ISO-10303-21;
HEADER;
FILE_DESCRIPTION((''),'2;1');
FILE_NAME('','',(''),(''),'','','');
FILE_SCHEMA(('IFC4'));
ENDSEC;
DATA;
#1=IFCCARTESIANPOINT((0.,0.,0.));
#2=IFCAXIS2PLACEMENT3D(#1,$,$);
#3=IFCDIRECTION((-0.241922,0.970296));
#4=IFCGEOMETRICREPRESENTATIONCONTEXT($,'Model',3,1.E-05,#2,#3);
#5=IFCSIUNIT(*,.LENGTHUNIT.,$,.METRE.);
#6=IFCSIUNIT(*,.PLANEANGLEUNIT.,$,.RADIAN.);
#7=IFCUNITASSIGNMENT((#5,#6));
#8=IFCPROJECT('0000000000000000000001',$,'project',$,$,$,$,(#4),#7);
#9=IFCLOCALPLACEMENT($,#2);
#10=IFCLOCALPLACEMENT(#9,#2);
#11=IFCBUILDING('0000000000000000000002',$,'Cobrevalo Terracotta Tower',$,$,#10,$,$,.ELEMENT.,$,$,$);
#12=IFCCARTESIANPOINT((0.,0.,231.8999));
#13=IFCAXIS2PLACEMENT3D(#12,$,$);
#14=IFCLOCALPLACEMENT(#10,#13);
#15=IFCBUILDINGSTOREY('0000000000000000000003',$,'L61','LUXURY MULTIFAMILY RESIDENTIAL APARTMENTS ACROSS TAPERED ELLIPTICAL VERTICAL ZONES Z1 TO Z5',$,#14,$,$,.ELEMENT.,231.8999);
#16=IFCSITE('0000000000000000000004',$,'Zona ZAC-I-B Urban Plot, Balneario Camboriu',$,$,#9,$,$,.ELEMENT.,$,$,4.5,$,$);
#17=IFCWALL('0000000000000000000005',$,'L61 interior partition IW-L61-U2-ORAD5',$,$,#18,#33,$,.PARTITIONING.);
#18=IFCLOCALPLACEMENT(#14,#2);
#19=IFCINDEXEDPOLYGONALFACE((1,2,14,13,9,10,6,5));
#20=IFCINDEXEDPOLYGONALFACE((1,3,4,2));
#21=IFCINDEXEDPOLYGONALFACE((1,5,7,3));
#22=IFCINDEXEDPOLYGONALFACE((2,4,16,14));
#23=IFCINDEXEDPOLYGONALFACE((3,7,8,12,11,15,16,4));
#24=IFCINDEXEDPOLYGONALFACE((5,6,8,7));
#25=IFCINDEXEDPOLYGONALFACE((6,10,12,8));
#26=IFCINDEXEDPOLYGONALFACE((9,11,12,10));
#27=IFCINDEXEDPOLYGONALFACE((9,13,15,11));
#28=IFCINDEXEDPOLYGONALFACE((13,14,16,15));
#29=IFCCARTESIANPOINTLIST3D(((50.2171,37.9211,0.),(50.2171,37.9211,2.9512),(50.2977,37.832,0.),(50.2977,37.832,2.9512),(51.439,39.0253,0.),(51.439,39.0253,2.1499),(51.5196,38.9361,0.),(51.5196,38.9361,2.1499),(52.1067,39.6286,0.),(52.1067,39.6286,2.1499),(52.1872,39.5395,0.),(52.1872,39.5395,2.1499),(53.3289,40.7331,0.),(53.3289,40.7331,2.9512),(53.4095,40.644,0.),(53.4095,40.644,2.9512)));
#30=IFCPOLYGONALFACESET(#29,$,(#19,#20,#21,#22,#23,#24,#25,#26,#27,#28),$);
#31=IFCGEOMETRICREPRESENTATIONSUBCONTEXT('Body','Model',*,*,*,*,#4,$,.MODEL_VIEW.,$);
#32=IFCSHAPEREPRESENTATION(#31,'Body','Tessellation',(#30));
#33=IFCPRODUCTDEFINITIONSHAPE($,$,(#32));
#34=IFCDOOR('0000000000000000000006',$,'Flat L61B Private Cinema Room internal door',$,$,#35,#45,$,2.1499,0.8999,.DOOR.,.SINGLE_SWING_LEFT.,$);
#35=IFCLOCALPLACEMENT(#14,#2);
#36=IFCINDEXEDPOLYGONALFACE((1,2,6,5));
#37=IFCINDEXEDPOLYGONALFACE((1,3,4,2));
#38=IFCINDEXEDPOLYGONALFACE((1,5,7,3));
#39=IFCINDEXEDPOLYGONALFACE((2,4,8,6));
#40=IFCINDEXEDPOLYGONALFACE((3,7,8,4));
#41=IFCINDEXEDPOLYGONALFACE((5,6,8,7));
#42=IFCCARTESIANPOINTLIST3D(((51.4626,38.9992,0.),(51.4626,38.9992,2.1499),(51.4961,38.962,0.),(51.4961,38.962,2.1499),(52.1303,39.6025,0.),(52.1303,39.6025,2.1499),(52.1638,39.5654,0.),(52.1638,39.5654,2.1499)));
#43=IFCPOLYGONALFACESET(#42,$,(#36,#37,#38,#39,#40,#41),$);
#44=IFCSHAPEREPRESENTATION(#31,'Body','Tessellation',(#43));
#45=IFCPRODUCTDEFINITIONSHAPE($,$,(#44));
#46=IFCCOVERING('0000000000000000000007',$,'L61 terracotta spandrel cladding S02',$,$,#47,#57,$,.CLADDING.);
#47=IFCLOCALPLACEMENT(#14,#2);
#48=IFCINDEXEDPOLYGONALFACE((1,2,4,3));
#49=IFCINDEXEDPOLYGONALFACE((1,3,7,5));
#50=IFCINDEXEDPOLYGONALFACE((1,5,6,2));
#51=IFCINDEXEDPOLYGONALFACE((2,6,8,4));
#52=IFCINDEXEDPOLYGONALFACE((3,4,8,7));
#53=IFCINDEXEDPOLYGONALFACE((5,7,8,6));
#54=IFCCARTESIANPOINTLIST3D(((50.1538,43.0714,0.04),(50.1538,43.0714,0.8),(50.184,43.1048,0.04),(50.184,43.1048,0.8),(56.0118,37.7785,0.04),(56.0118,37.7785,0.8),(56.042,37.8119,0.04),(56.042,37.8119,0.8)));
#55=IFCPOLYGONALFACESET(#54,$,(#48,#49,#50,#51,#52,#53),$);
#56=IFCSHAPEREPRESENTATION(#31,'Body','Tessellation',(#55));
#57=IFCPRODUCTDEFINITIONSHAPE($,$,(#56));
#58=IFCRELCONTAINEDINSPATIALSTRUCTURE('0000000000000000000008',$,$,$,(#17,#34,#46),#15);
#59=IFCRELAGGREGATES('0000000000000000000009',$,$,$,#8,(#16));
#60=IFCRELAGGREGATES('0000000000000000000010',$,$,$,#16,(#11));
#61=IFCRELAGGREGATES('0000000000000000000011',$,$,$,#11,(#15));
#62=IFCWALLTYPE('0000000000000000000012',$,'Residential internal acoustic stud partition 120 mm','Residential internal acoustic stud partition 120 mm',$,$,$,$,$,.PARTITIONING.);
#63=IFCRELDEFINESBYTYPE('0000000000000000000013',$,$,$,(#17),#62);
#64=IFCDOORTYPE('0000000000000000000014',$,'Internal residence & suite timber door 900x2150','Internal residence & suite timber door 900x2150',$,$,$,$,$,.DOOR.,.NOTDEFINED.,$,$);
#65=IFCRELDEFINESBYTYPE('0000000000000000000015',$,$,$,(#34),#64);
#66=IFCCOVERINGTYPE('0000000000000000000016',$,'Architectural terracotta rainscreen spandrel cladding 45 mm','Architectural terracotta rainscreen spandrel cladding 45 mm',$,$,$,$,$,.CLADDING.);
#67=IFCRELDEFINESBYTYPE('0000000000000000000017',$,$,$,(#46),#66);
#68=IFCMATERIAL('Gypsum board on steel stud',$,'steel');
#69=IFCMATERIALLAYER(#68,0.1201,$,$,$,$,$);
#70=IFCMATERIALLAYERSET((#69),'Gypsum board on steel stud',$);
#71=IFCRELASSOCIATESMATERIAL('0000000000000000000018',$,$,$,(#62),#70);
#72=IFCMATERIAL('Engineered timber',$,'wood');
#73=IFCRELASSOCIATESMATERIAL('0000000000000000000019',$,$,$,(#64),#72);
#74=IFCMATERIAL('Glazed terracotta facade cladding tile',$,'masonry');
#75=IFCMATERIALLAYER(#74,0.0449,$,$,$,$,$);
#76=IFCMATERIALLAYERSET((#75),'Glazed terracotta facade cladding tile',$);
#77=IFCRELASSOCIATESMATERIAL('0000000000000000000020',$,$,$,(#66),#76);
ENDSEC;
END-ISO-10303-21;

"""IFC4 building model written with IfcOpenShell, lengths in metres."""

from ifc_helpers import new_model, si_unit, direction, frame, frame_2d, origin, origin_2d, place, context, subcontext, project, spatial, rectangle, extrude, source, transform, mapped, material, layer, layer_set, type_object, element, fill, save


model = new_model("IFC4")

# Units and contexts
model_context = context("Model", 3, precision=1e-05, world=origin(), true_north=direction((-0.241922, 0.970296)))
body_context = subcontext(model_context, "Body", "Model", "MODEL_VIEW")
ifc_project = project(units=[si_unit("LENGTHUNIT", "METRE"), si_unit("PLANEANGLEUNIT", "RADIAN")], contexts=[model_context])

# Site, building, storey
site_placement = place(None, origin())
site = spatial("IfcSite", under=ifc_project, at=site_placement, Name="Zona ZAC-I-B Urban Plot, Balneario Camboriu", CompositionType="ELEMENT", RefElevation=4.5)
building_placement = place(site_placement, origin())
building = spatial("IfcBuilding", under=site, at=building_placement, Name="Cobrevalo Terracotta Tower", CompositionType="ELEMENT")
storey_placement = place(building_placement, frame((0.0, 0.0, 231.8999)))
storey = spatial("IfcBuildingStorey", under=building, at=storey_placement, Name="L61", Description="LUXURY MULTIFAMILY RESIDENTIAL APARTMENTS ACROSS TAPERED ELLIPTICAL VERTICAL ZONES Z1 TO Z5", CompositionType="ELEMENT", Elevation=231.8999)

# Wall, opening, door
ifc_material_1 = material(Name="Gypsum board on steel stud", Category="steel")
ifc_layer_1 = layer(ifc_material_1, 0.1201)
ifc_layer_set_1 = layer_set([ifc_layer_1], Name="Gypsum board on steel stud")
wall_type_1 = type_object("IfcWallType", Name="Residential internal acoustic stud partition 120 mm", Description="Residential internal acoustic stud partition 120 mm", PredefinedType="PARTITIONING", material=ifc_layer_set_1)
ifc_material_2 = material(Name="Engineered timber", Category="wood")
door_type = type_object("IfcDoorType", Name="Internal residence & suite timber door 900x2150", Description="Internal residence & suite timber door 900x2150", OperationType="NOTDEFINED", PredefinedType="DOOR", material=ifc_material_2)
shared_shape_1 = source(origin(), body_context, "Body", "SweptSolid", [
    extrude(rectangle(XDim=0.8999, YDim=2.1499, at=frame_2d((0.45, 1.075))), frame((0.0, 0.0249, 0.0), z_axis=(0.0, -1.0, 0.0), x_axis=(1.0, 0.0, 0.0)), (0.0, 0.0, 1.0), 0.05),
])
wall_1_placement = place(storey_placement, frame((50.2573, 37.8765, 0.0), z_axis=(0.0, 0.0, 1.0), x_axis=(0.741944, 0.670462, 0.0)))
wall_1 = element("IfcWall", 1, at=wall_1_placement, inside=storey, type_object=wall_type_1, Name="L61 interior partition IW-L61-U2-ORAD5", PredefinedType="PARTITIONING", context=body_context, shape_type="SweptSolid", body=[
    extrude(rectangle(XDim=4.1941, YDim=0.1201, at=frame_2d((2.0972, 0.0))), origin(), (0.0, 0.0, 1.0), 2.9512),
])
opening_1_placement = place(wall_1_placement, frame((1.647, 0.0, 0.0)))
opening_1 = element("IfcOpeningElement", 2, at=opening_1_placement, cuts=wall_1, PredefinedType="OPENING", context=body_context, shape_type="SweptSolid", body=[
    extrude(rectangle(XDim=0.8999, YDim=2.1499, at=frame_2d((0.45, 1.075))), frame((0.0, 0.0701, 0.0), z_axis=(0.0, -1.0, 0.0), x_axis=(1.0, 0.0, 0.0)), (0.0, 0.0, 1.0), 0.1401),
])
door_1_placement = place(opening_1_placement, origin())
door_1 = element("IfcDoor", 3, at=door_1_placement, inside=storey, type_object=door_type, Name="Flat L61B Private Cinema Room internal door", OperationType="SINGLE_SWING_LEFT", OverallHeight=2.1499, OverallWidth=0.8999, PredefinedType="DOOR", context=body_context, shape_type="MappedRepresentation", body=[
    mapped(shared_shape_1, transform((0.0, 0.0, 0.0), scale=1.0)),
])
fill(opening_1, door_1)

# Covering
ifc_material_3 = material(Name="Glazed terracotta facade cladding tile", Category="masonry")
ifc_layer_2 = layer(ifc_material_3, 0.0449)
ifc_layer_set_2 = layer_set([ifc_layer_2], Name="Glazed terracotta facade cladding tile")
covering_type = type_object("IfcCoveringType", Name="Architectural terracotta rainscreen spandrel cladding 45 mm", Description="Architectural terracotta rainscreen spandrel cladding 45 mm", PredefinedType="CLADDING", material=ifc_layer_set_2)
shared_shape_2 = source(origin(), body_context, "Body", "SweptSolid", [
    extrude(rectangle(XDim=7.895, YDim=0.0449, at=origin_2d()), origin(), (0.0, 0.0, 1.0), 0.76),
])
covering_placement = place(storey_placement, frame((53.0979, 40.4417, 0.04), z_axis=(0.0, 0.0, 1.0), x_axis=(-0.741988, 0.670414, 0.0)))
element("IfcCovering", 4, at=covering_placement, inside=storey, type_object=covering_type, Name="L61 terracotta spandrel cladding S02", PredefinedType="CLADDING", context=body_context, shape_type="MappedRepresentation", body=[
    mapped(shared_shape_2, transform((0.0, 0.0, 0.0), scale=1.0)),
])

save(model, "model.ifc")
